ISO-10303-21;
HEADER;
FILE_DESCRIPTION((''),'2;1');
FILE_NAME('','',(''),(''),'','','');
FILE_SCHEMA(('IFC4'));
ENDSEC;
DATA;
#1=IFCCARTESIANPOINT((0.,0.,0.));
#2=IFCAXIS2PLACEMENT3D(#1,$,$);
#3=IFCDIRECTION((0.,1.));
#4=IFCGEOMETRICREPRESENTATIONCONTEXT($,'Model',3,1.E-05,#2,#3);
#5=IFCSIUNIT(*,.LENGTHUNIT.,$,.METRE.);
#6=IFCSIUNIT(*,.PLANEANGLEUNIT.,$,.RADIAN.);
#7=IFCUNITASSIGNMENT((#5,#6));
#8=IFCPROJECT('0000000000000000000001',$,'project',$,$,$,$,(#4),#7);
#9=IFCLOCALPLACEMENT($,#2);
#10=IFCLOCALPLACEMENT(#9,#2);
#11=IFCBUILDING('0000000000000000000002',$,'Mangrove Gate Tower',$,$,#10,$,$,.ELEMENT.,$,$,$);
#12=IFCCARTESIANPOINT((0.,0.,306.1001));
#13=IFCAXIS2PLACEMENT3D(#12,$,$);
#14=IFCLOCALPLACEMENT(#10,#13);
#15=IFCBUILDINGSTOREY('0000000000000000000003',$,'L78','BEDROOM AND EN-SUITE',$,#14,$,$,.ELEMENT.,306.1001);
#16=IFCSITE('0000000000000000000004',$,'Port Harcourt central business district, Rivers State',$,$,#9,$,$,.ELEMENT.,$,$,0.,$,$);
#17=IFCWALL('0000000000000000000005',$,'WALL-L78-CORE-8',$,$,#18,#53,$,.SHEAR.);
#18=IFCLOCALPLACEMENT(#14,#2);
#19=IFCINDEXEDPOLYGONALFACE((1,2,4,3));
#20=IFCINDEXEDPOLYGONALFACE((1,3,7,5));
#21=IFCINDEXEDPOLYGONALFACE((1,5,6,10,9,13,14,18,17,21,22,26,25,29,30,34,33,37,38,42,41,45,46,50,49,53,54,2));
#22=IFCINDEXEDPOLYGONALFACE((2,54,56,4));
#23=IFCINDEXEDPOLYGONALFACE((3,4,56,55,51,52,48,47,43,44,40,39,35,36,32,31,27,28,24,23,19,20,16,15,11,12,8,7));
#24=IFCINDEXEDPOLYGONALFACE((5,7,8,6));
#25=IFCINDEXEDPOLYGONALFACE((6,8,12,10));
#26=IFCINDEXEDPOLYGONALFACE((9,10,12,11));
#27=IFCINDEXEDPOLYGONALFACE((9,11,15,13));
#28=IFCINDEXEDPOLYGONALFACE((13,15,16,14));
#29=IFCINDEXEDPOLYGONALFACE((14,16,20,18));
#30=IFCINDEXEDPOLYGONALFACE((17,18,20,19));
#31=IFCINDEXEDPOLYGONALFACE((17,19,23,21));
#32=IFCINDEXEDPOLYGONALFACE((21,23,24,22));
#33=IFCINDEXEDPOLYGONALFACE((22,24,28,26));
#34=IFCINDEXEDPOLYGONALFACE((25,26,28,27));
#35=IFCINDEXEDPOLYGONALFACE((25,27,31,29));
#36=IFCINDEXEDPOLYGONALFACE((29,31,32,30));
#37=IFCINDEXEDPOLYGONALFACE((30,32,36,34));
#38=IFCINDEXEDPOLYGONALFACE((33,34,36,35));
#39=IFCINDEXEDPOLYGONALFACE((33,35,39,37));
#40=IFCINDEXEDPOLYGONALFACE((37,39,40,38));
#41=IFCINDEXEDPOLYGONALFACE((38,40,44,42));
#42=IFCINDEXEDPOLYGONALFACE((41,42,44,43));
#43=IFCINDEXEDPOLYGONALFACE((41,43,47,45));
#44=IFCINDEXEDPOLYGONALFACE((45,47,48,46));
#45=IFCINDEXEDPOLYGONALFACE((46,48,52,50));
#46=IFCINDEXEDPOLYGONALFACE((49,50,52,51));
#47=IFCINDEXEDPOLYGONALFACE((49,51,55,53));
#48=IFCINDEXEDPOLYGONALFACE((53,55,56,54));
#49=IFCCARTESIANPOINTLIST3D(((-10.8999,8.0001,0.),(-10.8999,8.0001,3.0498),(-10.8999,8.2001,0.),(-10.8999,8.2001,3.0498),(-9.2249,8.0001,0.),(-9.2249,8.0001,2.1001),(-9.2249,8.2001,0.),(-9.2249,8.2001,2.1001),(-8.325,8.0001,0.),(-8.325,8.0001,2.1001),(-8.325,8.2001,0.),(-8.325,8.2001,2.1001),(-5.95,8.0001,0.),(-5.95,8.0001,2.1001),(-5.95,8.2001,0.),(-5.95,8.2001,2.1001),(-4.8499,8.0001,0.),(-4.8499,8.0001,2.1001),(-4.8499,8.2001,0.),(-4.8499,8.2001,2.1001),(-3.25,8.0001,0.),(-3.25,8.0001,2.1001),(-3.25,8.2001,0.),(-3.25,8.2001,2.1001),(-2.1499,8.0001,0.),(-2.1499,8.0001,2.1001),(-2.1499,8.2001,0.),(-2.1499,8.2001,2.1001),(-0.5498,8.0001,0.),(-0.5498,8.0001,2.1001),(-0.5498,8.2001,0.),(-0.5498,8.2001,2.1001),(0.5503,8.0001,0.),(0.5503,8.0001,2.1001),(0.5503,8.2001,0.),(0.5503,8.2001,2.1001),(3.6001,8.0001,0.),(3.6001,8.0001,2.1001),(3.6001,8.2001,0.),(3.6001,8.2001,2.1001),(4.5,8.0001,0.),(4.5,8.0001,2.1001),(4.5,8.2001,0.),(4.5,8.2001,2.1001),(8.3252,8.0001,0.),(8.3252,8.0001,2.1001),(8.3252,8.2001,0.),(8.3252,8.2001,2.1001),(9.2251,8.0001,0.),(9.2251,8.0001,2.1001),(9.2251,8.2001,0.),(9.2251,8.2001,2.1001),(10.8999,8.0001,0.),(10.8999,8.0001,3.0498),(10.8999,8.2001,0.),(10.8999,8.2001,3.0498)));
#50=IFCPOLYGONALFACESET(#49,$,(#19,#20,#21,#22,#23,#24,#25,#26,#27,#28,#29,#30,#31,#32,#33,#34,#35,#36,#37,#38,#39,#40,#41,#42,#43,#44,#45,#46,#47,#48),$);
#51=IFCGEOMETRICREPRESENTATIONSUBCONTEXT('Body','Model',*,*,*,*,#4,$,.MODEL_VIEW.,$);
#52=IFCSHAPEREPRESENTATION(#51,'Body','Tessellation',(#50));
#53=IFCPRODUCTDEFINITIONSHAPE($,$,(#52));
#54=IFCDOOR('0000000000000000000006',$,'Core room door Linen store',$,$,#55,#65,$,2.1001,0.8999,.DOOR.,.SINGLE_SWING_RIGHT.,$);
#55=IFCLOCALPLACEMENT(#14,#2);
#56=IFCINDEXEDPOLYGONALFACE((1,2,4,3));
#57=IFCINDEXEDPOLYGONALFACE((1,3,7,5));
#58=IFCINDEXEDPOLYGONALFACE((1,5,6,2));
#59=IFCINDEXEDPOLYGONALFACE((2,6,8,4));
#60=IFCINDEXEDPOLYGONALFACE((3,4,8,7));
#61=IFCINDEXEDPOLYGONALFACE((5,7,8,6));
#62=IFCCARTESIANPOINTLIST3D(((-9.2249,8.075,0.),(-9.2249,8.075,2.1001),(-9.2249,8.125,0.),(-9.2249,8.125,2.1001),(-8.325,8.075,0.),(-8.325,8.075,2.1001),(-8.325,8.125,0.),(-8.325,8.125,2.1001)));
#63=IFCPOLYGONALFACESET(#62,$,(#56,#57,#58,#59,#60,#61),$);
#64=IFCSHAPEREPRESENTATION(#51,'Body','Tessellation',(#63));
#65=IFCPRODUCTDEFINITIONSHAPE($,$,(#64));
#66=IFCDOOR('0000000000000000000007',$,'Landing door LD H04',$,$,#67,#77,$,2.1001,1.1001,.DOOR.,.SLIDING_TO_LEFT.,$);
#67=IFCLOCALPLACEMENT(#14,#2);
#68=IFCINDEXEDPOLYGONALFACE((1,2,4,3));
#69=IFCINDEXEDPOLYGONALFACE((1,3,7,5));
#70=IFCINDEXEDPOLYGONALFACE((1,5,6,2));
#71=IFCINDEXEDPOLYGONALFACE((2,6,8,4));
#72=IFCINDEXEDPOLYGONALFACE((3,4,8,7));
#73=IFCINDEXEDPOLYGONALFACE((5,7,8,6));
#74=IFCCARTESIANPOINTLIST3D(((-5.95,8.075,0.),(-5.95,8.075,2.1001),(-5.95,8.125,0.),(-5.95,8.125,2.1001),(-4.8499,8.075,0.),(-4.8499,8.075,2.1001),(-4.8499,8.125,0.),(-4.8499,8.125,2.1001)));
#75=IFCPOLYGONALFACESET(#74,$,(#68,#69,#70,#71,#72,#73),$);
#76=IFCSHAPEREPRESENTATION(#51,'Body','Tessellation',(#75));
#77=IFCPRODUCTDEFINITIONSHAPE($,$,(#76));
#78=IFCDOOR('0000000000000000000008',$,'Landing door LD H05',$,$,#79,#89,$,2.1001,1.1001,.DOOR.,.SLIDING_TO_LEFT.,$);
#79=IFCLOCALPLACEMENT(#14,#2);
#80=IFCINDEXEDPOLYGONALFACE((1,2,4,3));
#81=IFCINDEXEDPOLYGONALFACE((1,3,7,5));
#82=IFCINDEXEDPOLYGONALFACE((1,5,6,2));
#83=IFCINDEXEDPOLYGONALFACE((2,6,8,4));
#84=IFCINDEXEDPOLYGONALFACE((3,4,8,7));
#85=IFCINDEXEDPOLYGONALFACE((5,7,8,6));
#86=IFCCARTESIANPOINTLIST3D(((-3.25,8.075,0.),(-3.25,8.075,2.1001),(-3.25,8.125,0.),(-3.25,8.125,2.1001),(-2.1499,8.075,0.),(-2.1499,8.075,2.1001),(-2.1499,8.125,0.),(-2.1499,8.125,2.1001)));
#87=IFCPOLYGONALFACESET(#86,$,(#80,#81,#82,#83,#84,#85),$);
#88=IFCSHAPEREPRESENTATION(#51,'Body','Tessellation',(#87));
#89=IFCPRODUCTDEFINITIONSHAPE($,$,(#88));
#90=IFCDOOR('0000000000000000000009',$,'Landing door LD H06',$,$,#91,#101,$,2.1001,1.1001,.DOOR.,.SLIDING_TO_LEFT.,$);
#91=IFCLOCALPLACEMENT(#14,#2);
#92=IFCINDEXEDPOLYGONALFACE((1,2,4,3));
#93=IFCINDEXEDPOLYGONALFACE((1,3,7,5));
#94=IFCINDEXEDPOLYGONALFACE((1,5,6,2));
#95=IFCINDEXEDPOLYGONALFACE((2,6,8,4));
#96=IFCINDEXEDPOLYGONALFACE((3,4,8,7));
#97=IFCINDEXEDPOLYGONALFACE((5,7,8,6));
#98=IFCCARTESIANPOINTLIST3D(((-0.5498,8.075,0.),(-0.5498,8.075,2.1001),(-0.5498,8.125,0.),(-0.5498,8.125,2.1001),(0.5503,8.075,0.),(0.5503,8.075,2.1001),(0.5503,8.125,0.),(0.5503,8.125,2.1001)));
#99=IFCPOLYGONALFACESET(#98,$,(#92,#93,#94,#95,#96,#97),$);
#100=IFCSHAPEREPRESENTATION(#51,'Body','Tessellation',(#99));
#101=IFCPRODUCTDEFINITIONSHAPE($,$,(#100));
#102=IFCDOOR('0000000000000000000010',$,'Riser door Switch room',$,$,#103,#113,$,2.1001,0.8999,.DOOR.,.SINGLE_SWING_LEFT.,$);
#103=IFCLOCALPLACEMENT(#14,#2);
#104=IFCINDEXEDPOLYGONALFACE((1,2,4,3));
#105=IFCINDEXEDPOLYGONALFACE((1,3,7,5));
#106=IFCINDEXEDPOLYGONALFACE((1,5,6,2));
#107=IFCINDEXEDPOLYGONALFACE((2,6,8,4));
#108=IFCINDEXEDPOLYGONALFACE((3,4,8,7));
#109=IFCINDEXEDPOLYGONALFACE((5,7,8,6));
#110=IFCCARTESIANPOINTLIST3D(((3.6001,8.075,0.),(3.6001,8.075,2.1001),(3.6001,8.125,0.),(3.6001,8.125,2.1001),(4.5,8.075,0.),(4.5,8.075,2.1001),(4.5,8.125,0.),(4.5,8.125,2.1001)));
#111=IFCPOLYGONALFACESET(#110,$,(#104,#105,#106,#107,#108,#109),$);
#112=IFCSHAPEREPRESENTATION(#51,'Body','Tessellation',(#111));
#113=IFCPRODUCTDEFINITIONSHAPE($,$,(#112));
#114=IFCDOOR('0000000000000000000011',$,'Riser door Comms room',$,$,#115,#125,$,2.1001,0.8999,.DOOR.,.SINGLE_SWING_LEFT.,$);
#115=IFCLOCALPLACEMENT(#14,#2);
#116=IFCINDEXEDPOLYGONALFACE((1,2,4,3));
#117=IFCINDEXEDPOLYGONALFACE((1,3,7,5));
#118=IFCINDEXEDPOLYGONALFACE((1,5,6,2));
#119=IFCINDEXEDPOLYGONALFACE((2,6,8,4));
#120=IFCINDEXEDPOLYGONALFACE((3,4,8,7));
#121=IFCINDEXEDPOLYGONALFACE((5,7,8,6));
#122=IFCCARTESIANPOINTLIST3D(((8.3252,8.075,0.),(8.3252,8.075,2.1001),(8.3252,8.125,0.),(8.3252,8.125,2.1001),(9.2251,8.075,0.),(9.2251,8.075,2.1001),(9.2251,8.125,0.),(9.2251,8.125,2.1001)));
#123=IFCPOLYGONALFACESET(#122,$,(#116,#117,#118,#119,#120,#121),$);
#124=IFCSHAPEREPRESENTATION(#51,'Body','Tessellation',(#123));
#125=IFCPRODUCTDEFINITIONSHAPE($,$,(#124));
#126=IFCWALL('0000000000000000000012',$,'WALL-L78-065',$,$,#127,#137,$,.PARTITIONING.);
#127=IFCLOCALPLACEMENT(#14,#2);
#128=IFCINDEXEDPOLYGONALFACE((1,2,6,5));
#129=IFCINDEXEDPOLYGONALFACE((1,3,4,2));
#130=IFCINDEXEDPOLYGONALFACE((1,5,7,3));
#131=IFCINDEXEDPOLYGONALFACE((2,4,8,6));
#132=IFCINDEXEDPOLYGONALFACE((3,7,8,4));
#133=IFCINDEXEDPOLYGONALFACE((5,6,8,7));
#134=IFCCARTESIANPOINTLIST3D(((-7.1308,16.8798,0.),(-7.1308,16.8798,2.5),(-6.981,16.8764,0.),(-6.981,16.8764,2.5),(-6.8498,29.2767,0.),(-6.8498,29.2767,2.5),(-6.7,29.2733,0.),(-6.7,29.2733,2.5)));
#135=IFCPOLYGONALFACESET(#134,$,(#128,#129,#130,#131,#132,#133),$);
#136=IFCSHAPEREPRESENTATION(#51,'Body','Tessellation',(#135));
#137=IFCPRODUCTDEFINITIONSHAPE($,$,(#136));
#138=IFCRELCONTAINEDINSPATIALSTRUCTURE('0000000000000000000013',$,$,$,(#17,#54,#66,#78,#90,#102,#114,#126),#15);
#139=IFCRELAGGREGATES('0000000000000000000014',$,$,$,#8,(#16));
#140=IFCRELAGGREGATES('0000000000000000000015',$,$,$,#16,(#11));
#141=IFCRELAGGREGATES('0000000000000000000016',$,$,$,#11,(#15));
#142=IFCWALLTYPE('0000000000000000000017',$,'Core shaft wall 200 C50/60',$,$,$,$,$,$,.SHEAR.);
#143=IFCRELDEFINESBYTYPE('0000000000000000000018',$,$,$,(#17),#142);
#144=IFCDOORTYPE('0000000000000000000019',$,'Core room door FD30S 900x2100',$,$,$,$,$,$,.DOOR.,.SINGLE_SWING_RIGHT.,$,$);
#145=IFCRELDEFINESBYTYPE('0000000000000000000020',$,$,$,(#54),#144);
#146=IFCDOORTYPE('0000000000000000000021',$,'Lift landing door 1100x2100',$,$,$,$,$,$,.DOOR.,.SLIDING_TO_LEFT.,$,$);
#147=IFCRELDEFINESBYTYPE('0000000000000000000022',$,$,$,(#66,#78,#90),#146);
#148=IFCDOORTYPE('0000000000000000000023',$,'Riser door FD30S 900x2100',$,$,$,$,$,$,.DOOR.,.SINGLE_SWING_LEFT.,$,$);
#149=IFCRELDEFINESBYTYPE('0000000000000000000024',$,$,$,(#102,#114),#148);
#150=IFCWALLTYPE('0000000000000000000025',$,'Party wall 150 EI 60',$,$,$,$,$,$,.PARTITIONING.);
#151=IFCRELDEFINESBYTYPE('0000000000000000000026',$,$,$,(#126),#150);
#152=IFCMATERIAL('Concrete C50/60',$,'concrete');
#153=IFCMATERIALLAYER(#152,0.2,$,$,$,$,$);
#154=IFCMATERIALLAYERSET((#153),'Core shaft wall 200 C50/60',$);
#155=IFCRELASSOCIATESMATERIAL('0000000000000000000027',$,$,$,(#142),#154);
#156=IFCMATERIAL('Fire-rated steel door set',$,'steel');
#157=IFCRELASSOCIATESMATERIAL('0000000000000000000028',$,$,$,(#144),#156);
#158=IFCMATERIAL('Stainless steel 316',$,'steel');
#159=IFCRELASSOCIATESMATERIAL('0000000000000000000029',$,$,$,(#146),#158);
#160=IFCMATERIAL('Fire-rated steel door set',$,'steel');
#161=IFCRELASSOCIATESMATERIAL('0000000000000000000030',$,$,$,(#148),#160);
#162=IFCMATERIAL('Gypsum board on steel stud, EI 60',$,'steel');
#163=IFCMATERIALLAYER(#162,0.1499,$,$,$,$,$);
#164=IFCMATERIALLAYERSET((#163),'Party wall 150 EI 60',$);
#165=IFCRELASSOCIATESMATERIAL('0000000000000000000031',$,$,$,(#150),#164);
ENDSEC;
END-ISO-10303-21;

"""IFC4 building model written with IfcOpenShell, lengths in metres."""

from ifc_helpers import new_model, si_unit, direction, frame, frame_2d, origin, place, context, subcontext, project, spatial, rectangle, extrude, material, layer, layer_set, type_object, element, fill, save


model = new_model("IFC4")

# Units and contexts
model_context = context("Model", 3, precision=1e-05, world=origin(), true_north=direction((0.0, 1.0)))
body_context = subcontext(model_context, "Body", "Model", "MODEL_VIEW")
ifc_project = project(units=[si_unit("LENGTHUNIT", "METRE"), si_unit("PLANEANGLEUNIT", "RADIAN")], contexts=[model_context])

# Site, building, storey
site_placement = place(None, origin())
site = spatial("IfcSite", under=ifc_project, at=site_placement, Name="Port Harcourt central business district, Rivers State", CompositionType="ELEMENT", RefElevation=0.0)
building_placement = place(site_placement, origin())
building = spatial("IfcBuilding", under=site, at=building_placement, Name="Mangrove Gate Tower", CompositionType="ELEMENT")
storey_placement = place(building_placement, frame((0.0, 0.0, 306.1001)))
storey = spatial("IfcBuildingStorey", under=building, at=storey_placement, Name="L78", Description="BEDROOM AND EN-SUITE", CompositionType="ELEMENT", Elevation=306.1001)

# Wall, openings, doors
ifc_material_1 = material(Name="Concrete C50/60", Category="concrete")
ifc_layer_1 = layer(ifc_material_1, 0.2)
ifc_layer_set_1 = layer_set([ifc_layer_1], Name="Core shaft wall 200 C50/60")
wall_type_1 = type_object("IfcWallType", Name="Core shaft wall 200 C50/60", PredefinedType="SHEAR", material=ifc_layer_set_1)
ifc_material_2 = material(Name="Fire-rated steel door set", Category="steel")
door_type_1 = type_object("IfcDoorType", Name="Core room door FD30S 900x2100", OperationType="SINGLE_SWING_RIGHT", PredefinedType="DOOR", material=ifc_material_2)
ifc_material_3 = material(Name="Stainless steel 316", Category="steel")
door_type_2 = type_object("IfcDoorType", Name="Lift landing door 1100x2100", OperationType="SLIDING_TO_LEFT", PredefinedType="DOOR", material=ifc_material_3)
ifc_material_4 = material(Name="Fire-rated steel door set", Category="steel")
door_type_3 = type_object("IfcDoorType", Name="Riser door FD30S 900x2100", OperationType="SINGLE_SWING_LEFT", PredefinedType="DOOR", material=ifc_material_4)
wall_1_placement = place(storey_placement, frame((-10.8999, 8.1001, 0.0), z_axis=(0.0, 0.0, 1.0), x_axis=(1.0, 0.0, 0.0)))
wall_1 = element("IfcWall", 1, at=wall_1_placement, inside=storey, type_object=wall_type_1, Name="WALL-L78-CORE-8", PredefinedType="SHEAR", context=body_context, shape_type="SweptSolid", body=[
    extrude(rectangle(XDim=21.7998, YDim=0.2, at=frame_2d((10.8999, 0.0))), origin(), (0.0, 0.0, 1.0), 3.0498),
])
opening_1_placement = place(wall_1_placement, frame((4.95, 0.0, 0.0)))
opening_1 = element("IfcOpeningElement", 2, at=opening_1_placement, cuts=wall_1, PredefinedType="OPENING", context=body_context, shape_type="SweptSolid", body=[
    extrude(rectangle(XDim=1.1001, YDim=2.1001, at=frame_2d((0.55, 1.05))), frame((0.0, 0.1099, 0.0), z_axis=(0.0, -1.0, 0.0), x_axis=(1.0, 0.0, 0.0)), (0.0, 0.0, 1.0), 0.22),
])
opening_2_placement = place(wall_1_placement, frame((7.6499, 0.0, 0.0)))
opening_2 = element("IfcOpeningElement", 3, at=opening_2_placement, cuts=wall_1, PredefinedType="OPENING", context=body_context, shape_type="SweptSolid", body=[
    extrude(rectangle(XDim=1.1001, YDim=2.1001, at=frame_2d((0.55, 1.05))), frame((0.0, 0.1099, 0.0), z_axis=(0.0, -1.0, 0.0), x_axis=(1.0, 0.0, 0.0)), (0.0, 0.0, 1.0), 0.22),
])
opening_3_placement = place(wall_1_placement, frame((10.3501, 0.0, 0.0)))
opening_3 = element("IfcOpeningElement", 4, at=opening_3_placement, cuts=wall_1, PredefinedType="OPENING", context=body_context, shape_type="SweptSolid", body=[
    extrude(rectangle(XDim=1.1001, YDim=2.1001, at=frame_2d((0.55, 1.05))), frame((0.0, 0.1099, 0.0), z_axis=(0.0, -1.0, 0.0), x_axis=(1.0, 0.0, 0.0)), (0.0, 0.0, 1.0), 0.22),
])
opening_4_placement = place(wall_1_placement, frame((1.675, 0.0, 0.0)))
opening_4 = element("IfcOpeningElement", 5, at=opening_4_placement, cuts=wall_1, PredefinedType="OPENING", context=body_context, shape_type="SweptSolid", body=[
    extrude(rectangle(XDim=0.8999, YDim=2.1001, at=frame_2d((0.45, 1.05))), frame((0.0, 0.1099, 0.0), z_axis=(0.0, -1.0, 0.0), x_axis=(1.0, 0.0, 0.0)), (0.0, 0.0, 1.0), 0.22),
])
opening_5_placement = place(wall_1_placement, frame((14.5, 0.0, 0.0)))
opening_5 = element("IfcOpeningElement", 6, at=opening_5_placement, cuts=wall_1, PredefinedType="OPENING", context=body_context, shape_type="SweptSolid", body=[
    extrude(rectangle(XDim=0.8999, YDim=2.1001, at=frame_2d((0.45, 1.05))), frame((0.0, 0.1099, 0.0), z_axis=(0.0, -1.0, 0.0), x_axis=(1.0, 0.0, 0.0)), (0.0, 0.0, 1.0), 0.22),
])
opening_6_placement = place(wall_1_placement, frame((19.2251, 0.0, 0.0)))
opening_6 = element("IfcOpeningElement", 7, at=opening_6_placement, cuts=wall_1, PredefinedType="OPENING", context=body_context, shape_type="SweptSolid", body=[
    extrude(rectangle(XDim=0.8999, YDim=2.1001, at=frame_2d((0.45, 1.05))), frame((0.0, 0.1099, 0.0), z_axis=(0.0, -1.0, 0.0), x_axis=(1.0, 0.0, 0.0)), (0.0, 0.0, 1.0), 0.22),
])
door_1_placement = place(opening_4_placement, origin())
door_1 = element("IfcDoor", 8, at=door_1_placement, inside=storey, type_object=door_type_1, Name="Core room door Linen store", OperationType="SINGLE_SWING_RIGHT", OverallHeight=2.1001, OverallWidth=0.8999, PredefinedType="DOOR", context=body_context, shape_type="SweptSolid", body=[
    extrude(rectangle(XDim=0.8999, YDim=2.1001, at=frame_2d((0.45, 1.05))), frame((0.0, 0.0249, 0.0), z_axis=(0.0, -1.0, 0.0), x_axis=(1.0, 0.0, 0.0)), (0.0, 0.0, 1.0), 0.05),
])
fill(opening_4, door_1)
door_2_placement = place(opening_1_placement, origin())
door_2 = element("IfcDoor", 9, at=door_2_placement, inside=storey, type_object=door_type_2, Name="Landing door LD H04", OperationType="SLIDING_TO_LEFT", OverallHeight=2.1001, OverallWidth=1.1001, PredefinedType="DOOR", context=body_context, shape_type="SweptSolid", body=[
    extrude(rectangle(XDim=1.1001, YDim=2.1001, at=frame_2d((0.55, 1.05))), frame((0.0, 0.0249, 0.0), z_axis=(0.0, -1.0, 0.0), x_axis=(1.0, 0.0, 0.0)), (0.0, 0.0, 1.0), 0.05),
])
fill(opening_1, door_2)
door_3_placement = place(opening_2_placement, origin())
door_3 = element("IfcDoor", 10, at=door_3_placement, inside=storey, type_object=door_type_2, Name="Landing door LD H05", OperationType="SLIDING_TO_LEFT", OverallHeight=2.1001, OverallWidth=1.1001, PredefinedType="DOOR", context=body_context, shape_type="SweptSolid", body=[
    extrude(rectangle(XDim=1.1001, YDim=2.1001, at=frame_2d((0.55, 1.05))), frame((0.0, 0.0249, 0.0), z_axis=(0.0, -1.0, 0.0), x_axis=(1.0, 0.0, 0.0)), (0.0, 0.0, 1.0), 0.05),
])
fill(opening_2, door_3)
door_4_placement = place(opening_3_placement, origin())
door_4 = element("IfcDoor", 11, at=door_4_placement, inside=storey, type_object=door_type_2, Name="Landing door LD H06", OperationType="SLIDING_TO_LEFT", OverallHeight=2.1001, OverallWidth=1.1001, PredefinedType="DOOR", context=body_context, shape_type="SweptSolid", body=[
    extrude(rectangle(XDim=1.1001, YDim=2.1001, at=frame_2d((0.55, 1.05))), frame((0.0, 0.0249, 0.0), z_axis=(0.0, -1.0, 0.0), x_axis=(1.0, 0.0, 0.0)), (0.0, 0.0, 1.0), 0.05),
])
fill(opening_3, door_4)
door_5_placement = place(opening_5_placement, origin())
door_5 = element("IfcDoor", 12, at=door_5_placement, inside=storey, type_object=door_type_3, Name="Riser door Switch room", OperationType="SINGLE_SWING_LEFT", OverallHeight=2.1001, OverallWidth=0.8999, PredefinedType="DOOR", context=body_context, shape_type="SweptSolid", body=[
    extrude(rectangle(XDim=0.8999, YDim=2.1001, at=frame_2d((0.45, 1.05))), frame((0.0, 0.0249, 0.0), z_axis=(0.0, -1.0, 0.0), x_axis=(1.0, 0.0, 0.0)), (0.0, 0.0, 1.0), 0.05),
])
fill(opening_5, door_5)
door_6_placement = place(opening_6_placement, origin())
door_6 = element("IfcDoor", 13, at=door_6_placement, inside=storey, type_object=door_type_3, Name="Riser door Comms room", OperationType="SINGLE_SWING_LEFT", OverallHeight=2.1001, OverallWidth=0.8999, PredefinedType="DOOR", context=body_context, shape_type="SweptSolid", body=[
    extrude(rectangle(XDim=0.8999, YDim=2.1001, at=frame_2d((0.45, 1.05))), frame((0.0, 0.0249, 0.0), z_axis=(0.0, -1.0, 0.0), x_axis=(1.0, 0.0, 0.0)), (0.0, 0.0, 1.0), 0.05),
])
fill(opening_6, door_6)

# Wall
ifc_material_5 = material(Name="Gypsum board on steel stud, EI 60", Category="steel")
ifc_layer_2 = layer(ifc_material_5, 0.1499)
ifc_layer_set_2 = layer_set([ifc_layer_2], Name="Party wall 150 EI 60")
wall_type_2 = type_object("IfcWallType", Name="Party wall 150 EI 60", PredefinedType="PARTITIONING", material=ifc_layer_set_2)
wall_2_placement = place(storey_placement, frame((-7.0559, 16.8779, 0.0), z_axis=(0.0, 0.0, 1.0), x_axis=(0.022661, 0.999743, 0.0)))
element("IfcWall", 14, at=wall_2_placement, inside=storey, type_object=wall_type_2, Name="WALL-L78-065", PredefinedType="PARTITIONING", context=body_context, shape_type="SweptSolid", body=[
    extrude(rectangle(XDim=12.4001, YDim=0.1499, at=frame_2d((6.2002, 0.0))), origin(), (0.0, 0.0, 1.0), 2.5),
])

save(model, "model.ifc")
